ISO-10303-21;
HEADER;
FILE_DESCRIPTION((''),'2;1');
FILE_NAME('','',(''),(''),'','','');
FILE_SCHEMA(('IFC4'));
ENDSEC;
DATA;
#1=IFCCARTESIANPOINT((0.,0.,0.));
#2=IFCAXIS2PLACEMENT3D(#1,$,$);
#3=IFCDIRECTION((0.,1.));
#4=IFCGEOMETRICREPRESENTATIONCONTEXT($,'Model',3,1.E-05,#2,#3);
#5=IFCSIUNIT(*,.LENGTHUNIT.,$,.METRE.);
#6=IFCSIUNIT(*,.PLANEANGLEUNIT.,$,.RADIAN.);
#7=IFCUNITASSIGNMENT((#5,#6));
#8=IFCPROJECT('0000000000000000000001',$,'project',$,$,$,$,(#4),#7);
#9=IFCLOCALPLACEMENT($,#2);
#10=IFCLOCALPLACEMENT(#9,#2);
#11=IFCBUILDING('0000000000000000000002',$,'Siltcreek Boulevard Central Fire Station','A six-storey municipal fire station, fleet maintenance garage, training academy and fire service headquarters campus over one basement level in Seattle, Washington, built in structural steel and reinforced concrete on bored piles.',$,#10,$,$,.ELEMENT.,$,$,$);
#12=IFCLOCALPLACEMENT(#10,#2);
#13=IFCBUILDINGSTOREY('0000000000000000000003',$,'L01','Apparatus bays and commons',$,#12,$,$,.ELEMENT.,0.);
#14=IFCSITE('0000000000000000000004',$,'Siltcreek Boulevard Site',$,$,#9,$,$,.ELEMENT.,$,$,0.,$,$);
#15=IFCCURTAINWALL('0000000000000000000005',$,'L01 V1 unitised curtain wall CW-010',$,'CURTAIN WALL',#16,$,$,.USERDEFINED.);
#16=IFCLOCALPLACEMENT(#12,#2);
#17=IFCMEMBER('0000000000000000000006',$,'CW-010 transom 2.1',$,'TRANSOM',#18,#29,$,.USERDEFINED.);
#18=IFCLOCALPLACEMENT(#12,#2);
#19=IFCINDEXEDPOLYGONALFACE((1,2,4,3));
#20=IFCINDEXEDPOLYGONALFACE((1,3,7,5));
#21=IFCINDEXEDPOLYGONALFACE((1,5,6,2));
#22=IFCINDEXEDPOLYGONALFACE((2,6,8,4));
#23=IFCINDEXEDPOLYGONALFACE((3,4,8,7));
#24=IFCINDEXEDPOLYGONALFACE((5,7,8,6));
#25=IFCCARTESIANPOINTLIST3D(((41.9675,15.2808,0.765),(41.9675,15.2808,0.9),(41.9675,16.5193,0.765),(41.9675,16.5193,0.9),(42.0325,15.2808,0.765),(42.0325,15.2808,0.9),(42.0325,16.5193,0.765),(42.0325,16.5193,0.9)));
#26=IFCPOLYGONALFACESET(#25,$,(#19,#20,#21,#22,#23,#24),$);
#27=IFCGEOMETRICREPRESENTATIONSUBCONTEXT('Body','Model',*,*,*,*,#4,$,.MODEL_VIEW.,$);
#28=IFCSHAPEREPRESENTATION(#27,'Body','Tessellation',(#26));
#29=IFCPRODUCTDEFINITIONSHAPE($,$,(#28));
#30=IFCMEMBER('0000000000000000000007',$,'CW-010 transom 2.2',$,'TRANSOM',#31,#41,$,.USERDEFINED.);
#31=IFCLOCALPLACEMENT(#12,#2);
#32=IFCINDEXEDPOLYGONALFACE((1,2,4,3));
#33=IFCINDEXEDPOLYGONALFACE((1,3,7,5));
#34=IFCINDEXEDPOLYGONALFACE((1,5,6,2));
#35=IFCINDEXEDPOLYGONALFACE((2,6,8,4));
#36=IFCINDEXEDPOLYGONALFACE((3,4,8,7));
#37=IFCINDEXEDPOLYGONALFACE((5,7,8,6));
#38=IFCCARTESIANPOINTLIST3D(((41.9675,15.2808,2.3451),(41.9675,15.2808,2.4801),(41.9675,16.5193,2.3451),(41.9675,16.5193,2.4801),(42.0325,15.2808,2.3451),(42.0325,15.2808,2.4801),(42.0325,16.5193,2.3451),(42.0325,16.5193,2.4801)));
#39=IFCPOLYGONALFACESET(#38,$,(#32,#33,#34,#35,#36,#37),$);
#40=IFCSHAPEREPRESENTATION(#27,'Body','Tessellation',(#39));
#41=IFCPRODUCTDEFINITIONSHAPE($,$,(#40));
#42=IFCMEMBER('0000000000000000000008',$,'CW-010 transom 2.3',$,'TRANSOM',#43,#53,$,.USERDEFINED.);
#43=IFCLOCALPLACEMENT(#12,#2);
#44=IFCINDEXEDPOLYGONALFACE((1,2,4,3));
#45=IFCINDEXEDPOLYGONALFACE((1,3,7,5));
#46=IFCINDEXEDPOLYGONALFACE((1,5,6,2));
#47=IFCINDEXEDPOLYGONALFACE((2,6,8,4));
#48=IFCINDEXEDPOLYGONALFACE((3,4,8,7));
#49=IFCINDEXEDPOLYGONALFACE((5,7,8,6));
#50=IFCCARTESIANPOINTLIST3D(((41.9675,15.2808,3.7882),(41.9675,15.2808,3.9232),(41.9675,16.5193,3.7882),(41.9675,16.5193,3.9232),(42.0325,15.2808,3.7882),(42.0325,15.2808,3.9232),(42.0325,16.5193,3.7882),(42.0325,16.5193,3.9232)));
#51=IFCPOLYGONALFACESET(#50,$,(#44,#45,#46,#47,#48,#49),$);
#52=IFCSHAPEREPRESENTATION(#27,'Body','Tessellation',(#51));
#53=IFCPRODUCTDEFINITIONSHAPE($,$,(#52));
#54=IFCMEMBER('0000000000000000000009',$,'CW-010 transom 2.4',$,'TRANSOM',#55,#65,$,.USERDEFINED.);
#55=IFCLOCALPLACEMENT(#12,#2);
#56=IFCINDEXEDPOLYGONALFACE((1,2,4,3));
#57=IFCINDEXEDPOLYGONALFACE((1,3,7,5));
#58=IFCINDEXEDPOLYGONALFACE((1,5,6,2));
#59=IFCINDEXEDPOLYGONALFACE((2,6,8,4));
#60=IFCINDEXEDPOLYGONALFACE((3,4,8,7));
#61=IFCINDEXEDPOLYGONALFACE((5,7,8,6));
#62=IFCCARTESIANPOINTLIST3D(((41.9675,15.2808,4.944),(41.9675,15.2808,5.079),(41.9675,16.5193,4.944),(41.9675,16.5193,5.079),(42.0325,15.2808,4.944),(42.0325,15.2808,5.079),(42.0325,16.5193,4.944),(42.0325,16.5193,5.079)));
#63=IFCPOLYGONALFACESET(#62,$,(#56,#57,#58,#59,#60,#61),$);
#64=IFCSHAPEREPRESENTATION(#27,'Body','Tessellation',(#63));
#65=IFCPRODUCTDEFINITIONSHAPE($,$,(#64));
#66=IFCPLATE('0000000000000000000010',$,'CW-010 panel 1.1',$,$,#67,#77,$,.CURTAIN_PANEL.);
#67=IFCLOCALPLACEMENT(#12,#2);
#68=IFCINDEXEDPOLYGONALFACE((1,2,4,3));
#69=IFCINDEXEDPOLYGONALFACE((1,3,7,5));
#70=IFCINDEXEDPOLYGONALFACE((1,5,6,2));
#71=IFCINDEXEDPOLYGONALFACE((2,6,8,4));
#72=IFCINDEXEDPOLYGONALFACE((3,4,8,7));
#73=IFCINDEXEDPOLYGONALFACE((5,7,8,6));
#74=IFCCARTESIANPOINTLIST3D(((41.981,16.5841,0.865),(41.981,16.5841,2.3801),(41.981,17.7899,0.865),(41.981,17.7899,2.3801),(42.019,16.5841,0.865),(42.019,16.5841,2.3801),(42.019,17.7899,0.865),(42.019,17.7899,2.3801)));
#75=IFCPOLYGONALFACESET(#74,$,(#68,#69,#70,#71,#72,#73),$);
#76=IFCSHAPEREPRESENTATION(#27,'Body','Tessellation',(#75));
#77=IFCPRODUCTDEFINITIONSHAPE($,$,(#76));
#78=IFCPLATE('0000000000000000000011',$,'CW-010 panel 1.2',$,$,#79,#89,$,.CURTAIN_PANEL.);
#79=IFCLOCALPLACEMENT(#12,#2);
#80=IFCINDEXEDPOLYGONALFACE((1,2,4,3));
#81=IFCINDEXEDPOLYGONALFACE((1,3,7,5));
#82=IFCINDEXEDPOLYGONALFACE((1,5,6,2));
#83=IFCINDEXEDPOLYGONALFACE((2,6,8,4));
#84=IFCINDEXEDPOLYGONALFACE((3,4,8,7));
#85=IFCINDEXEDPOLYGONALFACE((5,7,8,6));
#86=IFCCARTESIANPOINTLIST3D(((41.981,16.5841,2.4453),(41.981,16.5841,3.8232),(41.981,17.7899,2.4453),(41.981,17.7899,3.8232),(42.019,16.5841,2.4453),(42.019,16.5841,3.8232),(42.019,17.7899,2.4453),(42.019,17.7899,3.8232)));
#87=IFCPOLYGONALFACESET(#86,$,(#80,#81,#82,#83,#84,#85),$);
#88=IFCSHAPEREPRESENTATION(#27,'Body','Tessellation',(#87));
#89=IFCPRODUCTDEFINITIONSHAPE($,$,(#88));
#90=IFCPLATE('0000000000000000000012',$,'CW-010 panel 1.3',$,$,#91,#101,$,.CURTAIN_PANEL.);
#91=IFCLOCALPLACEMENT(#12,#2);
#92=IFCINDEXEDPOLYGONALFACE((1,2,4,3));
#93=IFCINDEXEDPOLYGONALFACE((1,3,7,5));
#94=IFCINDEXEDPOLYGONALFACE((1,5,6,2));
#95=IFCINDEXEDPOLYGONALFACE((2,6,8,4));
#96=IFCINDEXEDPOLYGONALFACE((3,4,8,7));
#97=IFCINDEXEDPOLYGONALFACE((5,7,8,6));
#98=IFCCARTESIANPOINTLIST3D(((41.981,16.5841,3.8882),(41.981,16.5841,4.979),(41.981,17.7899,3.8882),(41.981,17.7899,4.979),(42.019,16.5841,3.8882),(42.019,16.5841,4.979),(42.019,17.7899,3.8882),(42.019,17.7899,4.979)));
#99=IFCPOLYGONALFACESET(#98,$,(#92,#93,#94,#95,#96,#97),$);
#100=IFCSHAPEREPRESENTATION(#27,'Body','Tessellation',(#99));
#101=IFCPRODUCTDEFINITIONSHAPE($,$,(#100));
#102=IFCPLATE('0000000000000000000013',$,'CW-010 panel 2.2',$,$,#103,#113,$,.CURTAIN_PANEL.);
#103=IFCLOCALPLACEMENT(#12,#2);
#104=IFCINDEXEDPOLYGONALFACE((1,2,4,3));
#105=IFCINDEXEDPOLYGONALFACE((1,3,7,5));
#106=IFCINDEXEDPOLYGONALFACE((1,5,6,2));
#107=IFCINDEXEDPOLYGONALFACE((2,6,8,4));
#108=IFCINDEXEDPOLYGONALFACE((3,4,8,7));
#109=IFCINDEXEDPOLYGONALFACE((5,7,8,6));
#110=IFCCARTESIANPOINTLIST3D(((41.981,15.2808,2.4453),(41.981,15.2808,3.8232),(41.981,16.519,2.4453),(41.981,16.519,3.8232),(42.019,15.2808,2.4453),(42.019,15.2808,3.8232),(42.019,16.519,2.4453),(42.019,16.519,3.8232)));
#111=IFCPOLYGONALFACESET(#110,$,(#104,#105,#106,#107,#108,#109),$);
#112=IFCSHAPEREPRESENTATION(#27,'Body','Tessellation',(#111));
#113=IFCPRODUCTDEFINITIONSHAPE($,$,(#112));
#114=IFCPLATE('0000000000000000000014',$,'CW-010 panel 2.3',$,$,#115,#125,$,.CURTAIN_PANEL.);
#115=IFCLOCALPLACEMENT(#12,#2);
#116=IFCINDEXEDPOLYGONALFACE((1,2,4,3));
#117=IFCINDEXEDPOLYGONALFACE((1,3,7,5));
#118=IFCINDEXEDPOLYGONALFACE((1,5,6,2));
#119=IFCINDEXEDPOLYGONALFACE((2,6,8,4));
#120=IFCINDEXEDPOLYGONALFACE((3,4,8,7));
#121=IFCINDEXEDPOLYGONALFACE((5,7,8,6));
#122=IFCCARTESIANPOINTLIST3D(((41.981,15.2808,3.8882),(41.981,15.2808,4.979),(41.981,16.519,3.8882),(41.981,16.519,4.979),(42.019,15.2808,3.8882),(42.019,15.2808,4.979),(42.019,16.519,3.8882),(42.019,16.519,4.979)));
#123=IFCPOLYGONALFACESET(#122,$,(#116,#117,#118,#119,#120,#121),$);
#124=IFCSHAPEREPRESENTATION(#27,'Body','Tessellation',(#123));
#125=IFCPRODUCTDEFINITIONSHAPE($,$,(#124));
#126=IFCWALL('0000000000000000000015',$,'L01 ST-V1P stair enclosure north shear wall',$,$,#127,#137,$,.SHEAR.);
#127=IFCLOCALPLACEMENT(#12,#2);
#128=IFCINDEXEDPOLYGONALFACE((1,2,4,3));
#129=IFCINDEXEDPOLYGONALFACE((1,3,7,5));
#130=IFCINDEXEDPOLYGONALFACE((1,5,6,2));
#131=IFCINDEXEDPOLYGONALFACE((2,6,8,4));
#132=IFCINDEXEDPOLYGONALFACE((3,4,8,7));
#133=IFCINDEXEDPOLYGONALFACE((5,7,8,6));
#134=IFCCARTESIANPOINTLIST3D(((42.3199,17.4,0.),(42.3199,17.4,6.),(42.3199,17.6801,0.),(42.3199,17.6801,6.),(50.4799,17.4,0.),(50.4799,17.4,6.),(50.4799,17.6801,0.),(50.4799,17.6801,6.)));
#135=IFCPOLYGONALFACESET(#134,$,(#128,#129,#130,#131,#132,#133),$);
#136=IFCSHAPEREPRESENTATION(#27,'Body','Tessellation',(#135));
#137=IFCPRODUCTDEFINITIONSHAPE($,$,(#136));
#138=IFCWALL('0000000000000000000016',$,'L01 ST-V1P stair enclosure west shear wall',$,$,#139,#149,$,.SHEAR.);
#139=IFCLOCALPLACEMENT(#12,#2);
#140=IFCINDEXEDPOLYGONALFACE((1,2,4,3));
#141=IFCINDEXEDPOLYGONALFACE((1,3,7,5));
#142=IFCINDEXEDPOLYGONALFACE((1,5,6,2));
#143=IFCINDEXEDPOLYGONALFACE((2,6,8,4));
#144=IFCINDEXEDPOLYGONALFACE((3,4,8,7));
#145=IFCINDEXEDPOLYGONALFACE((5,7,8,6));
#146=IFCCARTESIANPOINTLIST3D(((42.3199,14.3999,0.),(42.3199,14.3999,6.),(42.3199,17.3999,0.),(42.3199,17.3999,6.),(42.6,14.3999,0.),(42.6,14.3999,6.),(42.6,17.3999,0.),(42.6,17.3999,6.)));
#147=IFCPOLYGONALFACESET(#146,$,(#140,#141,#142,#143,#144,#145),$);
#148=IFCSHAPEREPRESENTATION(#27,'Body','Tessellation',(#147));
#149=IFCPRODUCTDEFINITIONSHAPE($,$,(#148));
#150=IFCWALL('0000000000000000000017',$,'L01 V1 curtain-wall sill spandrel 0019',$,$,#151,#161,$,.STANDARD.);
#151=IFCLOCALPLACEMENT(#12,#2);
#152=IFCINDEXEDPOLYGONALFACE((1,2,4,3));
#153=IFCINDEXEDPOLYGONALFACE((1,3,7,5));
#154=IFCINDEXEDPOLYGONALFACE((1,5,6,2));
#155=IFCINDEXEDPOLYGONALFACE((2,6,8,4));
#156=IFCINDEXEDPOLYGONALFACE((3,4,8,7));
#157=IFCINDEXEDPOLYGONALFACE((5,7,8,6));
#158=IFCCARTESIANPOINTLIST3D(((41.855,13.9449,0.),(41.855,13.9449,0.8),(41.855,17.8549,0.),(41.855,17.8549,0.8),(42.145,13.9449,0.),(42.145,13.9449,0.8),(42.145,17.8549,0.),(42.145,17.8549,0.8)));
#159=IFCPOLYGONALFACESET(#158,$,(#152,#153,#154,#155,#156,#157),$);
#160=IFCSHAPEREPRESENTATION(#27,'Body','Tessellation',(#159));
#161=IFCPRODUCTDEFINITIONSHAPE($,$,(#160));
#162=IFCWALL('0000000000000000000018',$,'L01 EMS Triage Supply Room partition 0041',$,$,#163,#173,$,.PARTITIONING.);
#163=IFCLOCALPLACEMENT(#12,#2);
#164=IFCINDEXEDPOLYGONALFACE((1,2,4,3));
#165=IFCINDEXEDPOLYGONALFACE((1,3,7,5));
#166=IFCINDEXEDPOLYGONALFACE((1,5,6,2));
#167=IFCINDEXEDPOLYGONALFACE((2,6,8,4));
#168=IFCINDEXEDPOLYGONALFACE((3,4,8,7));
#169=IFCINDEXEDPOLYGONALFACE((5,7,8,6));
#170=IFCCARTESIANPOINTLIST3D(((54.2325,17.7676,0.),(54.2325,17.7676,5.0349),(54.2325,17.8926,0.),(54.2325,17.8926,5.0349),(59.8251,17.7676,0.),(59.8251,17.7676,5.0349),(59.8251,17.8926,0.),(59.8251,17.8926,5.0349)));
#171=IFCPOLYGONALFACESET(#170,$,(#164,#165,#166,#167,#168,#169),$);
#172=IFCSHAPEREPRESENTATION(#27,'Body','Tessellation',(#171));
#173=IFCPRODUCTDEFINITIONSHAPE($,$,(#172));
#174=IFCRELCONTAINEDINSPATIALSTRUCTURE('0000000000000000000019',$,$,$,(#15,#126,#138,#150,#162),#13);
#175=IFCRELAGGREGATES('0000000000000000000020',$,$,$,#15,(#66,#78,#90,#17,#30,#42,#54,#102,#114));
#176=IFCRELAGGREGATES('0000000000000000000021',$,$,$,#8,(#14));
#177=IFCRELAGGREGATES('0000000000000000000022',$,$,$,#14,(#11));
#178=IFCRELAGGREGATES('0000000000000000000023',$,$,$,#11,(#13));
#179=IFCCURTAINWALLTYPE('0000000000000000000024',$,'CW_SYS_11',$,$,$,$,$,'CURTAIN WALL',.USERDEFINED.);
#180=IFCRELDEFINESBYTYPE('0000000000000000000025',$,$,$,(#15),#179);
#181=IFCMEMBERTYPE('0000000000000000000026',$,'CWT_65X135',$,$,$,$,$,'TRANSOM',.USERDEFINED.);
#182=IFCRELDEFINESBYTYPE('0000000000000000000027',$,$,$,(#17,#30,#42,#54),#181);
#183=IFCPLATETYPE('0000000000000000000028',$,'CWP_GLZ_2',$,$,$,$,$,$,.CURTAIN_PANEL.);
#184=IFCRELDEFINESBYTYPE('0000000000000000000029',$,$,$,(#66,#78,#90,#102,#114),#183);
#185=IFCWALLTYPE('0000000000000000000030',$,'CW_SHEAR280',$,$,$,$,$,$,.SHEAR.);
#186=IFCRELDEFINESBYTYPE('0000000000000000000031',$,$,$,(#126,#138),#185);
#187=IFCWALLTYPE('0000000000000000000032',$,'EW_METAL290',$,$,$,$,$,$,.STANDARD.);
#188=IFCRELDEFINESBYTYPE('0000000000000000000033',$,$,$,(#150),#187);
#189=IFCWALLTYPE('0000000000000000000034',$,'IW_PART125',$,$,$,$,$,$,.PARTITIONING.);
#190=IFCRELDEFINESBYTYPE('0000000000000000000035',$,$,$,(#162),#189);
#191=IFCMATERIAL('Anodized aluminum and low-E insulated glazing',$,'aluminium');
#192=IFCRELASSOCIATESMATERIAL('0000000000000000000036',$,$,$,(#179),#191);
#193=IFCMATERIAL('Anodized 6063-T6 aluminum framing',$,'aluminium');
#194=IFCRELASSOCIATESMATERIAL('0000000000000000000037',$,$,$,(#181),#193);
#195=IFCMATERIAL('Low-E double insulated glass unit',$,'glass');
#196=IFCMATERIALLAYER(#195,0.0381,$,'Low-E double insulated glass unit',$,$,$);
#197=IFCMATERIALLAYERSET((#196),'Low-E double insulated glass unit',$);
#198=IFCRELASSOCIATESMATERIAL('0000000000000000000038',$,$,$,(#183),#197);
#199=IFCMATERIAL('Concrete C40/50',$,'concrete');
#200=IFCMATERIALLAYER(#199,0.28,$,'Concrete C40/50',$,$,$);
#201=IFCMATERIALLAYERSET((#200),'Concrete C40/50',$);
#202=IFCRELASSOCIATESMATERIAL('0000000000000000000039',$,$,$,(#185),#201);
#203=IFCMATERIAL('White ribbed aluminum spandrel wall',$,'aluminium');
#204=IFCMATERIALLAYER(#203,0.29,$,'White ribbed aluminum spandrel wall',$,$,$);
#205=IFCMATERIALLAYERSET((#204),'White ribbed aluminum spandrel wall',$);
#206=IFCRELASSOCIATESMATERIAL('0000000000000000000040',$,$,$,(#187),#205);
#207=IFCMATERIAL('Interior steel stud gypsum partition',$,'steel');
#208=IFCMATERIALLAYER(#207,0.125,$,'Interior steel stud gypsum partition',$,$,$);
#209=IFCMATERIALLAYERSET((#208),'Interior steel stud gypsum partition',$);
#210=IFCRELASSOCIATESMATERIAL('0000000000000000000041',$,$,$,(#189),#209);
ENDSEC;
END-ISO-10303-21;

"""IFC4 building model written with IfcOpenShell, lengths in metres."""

from ifc_helpers import new_model, si_unit, direction, frame, frame_2d, origin, origin_2d, place, context, subcontext, project, spatial, rectangle, extrude, material, layer, layer_set, material_profile, profile_set, type_object, element, aggregate, save


model = new_model("IFC4")

# Units and contexts
model_context = context("Model", 3, precision=1e-05, world=origin(), true_north=direction((0.0, 1.0)))
body_context = subcontext(model_context, "Body", "Model", "MODEL_VIEW")
ifc_project = project(units=[si_unit("LENGTHUNIT", "METRE"), si_unit("PLANEANGLEUNIT", "RADIAN")], contexts=[model_context])

# Site, building, storey
site_placement = place(None, origin())
site = spatial("IfcSite", under=ifc_project, at=site_placement, Name="Siltcreek Boulevard Site", CompositionType="ELEMENT", RefElevation=0.0)
building_placement = place(site_placement, origin())
building = spatial("IfcBuilding", under=site, at=building_placement, Name="Siltcreek Boulevard Central Fire Station", Description="A six-storey municipal fire station, fleet maintenance garage, training academy and fire service headquarters campus over one basement level in Seattle, Washington, built in structural steel and reinforced concrete on bored piles.", CompositionType="ELEMENT")
storey_placement = place(building_placement, origin())
storey = spatial("IfcBuildingStorey", under=building, at=storey_placement, Name="L01", Description="Apparatus bays and commons", CompositionType="ELEMENT", Elevation=0.0)

# Curtain wall, members, plates
ifc_material_1 = material(Name="Anodized aluminum and low-E insulated glazing", Category="aluminium")
curtain_wall_type = type_object("IfcCurtainWallType", Name="CW_SYS_11", ElementType="CURTAIN WALL", PredefinedType="USERDEFINED", material=ifc_material_1)
curtain_wall_placement = place(storey_placement, origin())
curtain_wall = element("IfcCurtainWall", 1, at=curtain_wall_placement, inside=storey, type_object=curtain_wall_type, Name="L01 V1 unitised curtain wall CW-010", ObjectType="CURTAIN WALL", PredefinedType="USERDEFINED")
ifc_material_2 = material(Name="Anodized 6063-T6 aluminum framing", Category="aluminium")
ifc_material_profile_1 = material_profile(ifc_material_2, rectangle(XDim=0.0649, YDim=0.135, at=origin_2d()), Name="TRAN65X135")
ifc_profile_set_1 = profile_set([ifc_material_profile_1], Name="Anodized 6063-T6 aluminum framing")
member_type_1 = type_object("IfcMemberType", Name="CWT_65X135", ElementType="TRANSOM", PredefinedType="USERDEFINED", material=ifc_profile_set_1)
member_1_placement = place(storey_placement, frame((42.0, 16.5193, 0.8325), z_axis=(0.0, -1.0, 0.0), x_axis=(1.0, 0.0, 0.0)))
member_1 = element("IfcMember", 2, at=member_1_placement, type_object=member_type_1, Name="CW-010 transom 2.1", ObjectType="TRANSOM", PredefinedType="USERDEFINED", context=body_context, shape_type="SweptSolid", body=[
    extrude(rectangle(XDim=0.0649, YDim=0.135, at=origin_2d()), origin(), (0.0, 0.0, 1.0), 1.2385),
])
member_2_placement = place(storey_placement, frame((42.0, 16.5193, 2.4126), z_axis=(0.0, -1.0, 0.0), x_axis=(1.0, 0.0, 0.0)))
member_2 = element("IfcMember", 3, at=member_2_placement, type_object=member_type_1, Name="CW-010 transom 2.2", ObjectType="TRANSOM", PredefinedType="USERDEFINED", context=body_context, shape_type="SweptSolid", body=[
    extrude(rectangle(XDim=0.0649, YDim=0.135, at=origin_2d()), origin(), (0.0, 0.0, 1.0), 1.2385),
])
member_3_placement = place(storey_placement, frame((42.0, 16.5193, 3.8557), z_axis=(0.0, -1.0, 0.0), x_axis=(1.0, 0.0, 0.0)))
member_3 = element("IfcMember", 4, at=member_3_placement, type_object=member_type_1, Name="CW-010 transom 2.3", ObjectType="TRANSOM", PredefinedType="USERDEFINED", context=body_context, shape_type="SweptSolid", body=[
    extrude(rectangle(XDim=0.0649, YDim=0.135, at=origin_2d()), origin(), (0.0, 0.0, 1.0), 1.2385),
])
member_4_placement = place(storey_placement, frame((42.0, 16.5193, 5.0115), z_axis=(0.0, -1.0, 0.0), x_axis=(1.0, 0.0, 0.0)))
member_4 = element("IfcMember", 5, at=member_4_placement, type_object=member_type_1, Name="CW-010 transom 2.4", ObjectType="TRANSOM", PredefinedType="USERDEFINED", context=body_context, shape_type="SweptSolid", body=[
    extrude(rectangle(XDim=0.0649, YDim=0.135, at=origin_2d()), origin(), (0.0, 0.0, 1.0), 1.2385),
])
ifc_material_3 = material(Name="Low-E double insulated glass unit", Category="glass")
ifc_layer_1 = layer(ifc_material_3, 0.0381, Name="Low-E double insulated glass unit")
ifc_layer_set_1 = layer_set([ifc_layer_1], Name="Low-E double insulated glass unit")
plate_type = type_object("IfcPlateType", Name="CWP_GLZ_2", PredefinedType="CURTAIN_PANEL", material=ifc_layer_set_1)
plate_1_placement = place(storey_placement, frame((42.0, 17.187, 0.865), z_axis=(0.0, 0.0, 1.0), x_axis=(0.0, -1.0, 0.0)))
plate_1 = element("IfcPlate", 6, at=plate_1_placement, type_object=plate_type, Name="CW-010 panel 1.1", PredefinedType="CURTAIN_PANEL", context=body_context, shape_type="SweptSolid", body=[
    extrude(rectangle(XDim=1.2058, YDim=0.0381, at=origin_2d()), origin(), (0.0, 0.0, 1.0), 1.5151),
])
plate_2_placement = place(storey_placement, frame((42.0, 17.187, 2.4453), z_axis=(0.0, 0.0, 1.0), x_axis=(0.0, -1.0, 0.0)))
plate_2 = element("IfcPlate", 7, at=plate_2_placement, type_object=plate_type, Name="CW-010 panel 1.2", PredefinedType="CURTAIN_PANEL", context=body_context, shape_type="SweptSolid", body=[
    extrude(rectangle(XDim=1.2058, YDim=0.0381, at=origin_2d()), origin(), (0.0, 0.0, 1.0), 1.3779),
])
plate_3_placement = place(storey_placement, frame((42.0, 17.187, 3.8882), z_axis=(0.0, 0.0, 1.0), x_axis=(0.0, -1.0, 0.0)))
plate_3 = element("IfcPlate", 8, at=plate_3_placement, type_object=plate_type, Name="CW-010 panel 1.3", PredefinedType="CURTAIN_PANEL", context=body_context, shape_type="SweptSolid", body=[
    extrude(rectangle(XDim=1.2058, YDim=0.0381, at=origin_2d()), origin(), (0.0, 0.0, 1.0), 1.0908),
])
plate_4_placement = place(storey_placement, frame((42.0, 15.8999, 2.4453), z_axis=(0.0, 0.0, 1.0), x_axis=(0.0, -1.0, 0.0)))
plate_4 = element("IfcPlate", 9, at=plate_4_placement, type_object=plate_type, Name="CW-010 panel 2.2", PredefinedType="CURTAIN_PANEL", context=body_context, shape_type="SweptSolid", body=[
    extrude(rectangle(XDim=1.2383, YDim=0.0381, at=origin_2d()), origin(), (0.0, 0.0, 1.0), 1.3779),
])
plate_5_placement = place(storey_placement, frame((42.0, 15.8999, 3.8882), z_axis=(0.0, 0.0, 1.0), x_axis=(0.0, -1.0, 0.0)))
plate_5 = element("IfcPlate", 10, at=plate_5_placement, type_object=plate_type, Name="CW-010 panel 2.3", PredefinedType="CURTAIN_PANEL", context=body_context, shape_type="SweptSolid", body=[
    extrude(rectangle(XDim=1.2383, YDim=0.0381, at=origin_2d()), origin(), (0.0, 0.0, 1.0), 1.0908),
])
aggregate(curtain_wall, [plate_1, plate_2, plate_3, member_1, member_2, member_3, member_4, plate_4, plate_5])

# Walls
ifc_material_4 = material(Name="Concrete C40/50", Category="concrete")
ifc_layer_2 = layer(ifc_material_4, 0.28, Name="Concrete C40/50")
ifc_layer_set_2 = layer_set([ifc_layer_2], Name="Concrete C40/50")
wall_type_1 = type_object("IfcWallType", Name="CW_SHEAR280", PredefinedType="SHEAR", material=ifc_layer_set_2)
wall_1_placement = place(storey_placement, frame((50.48, 17.54, 0.0), z_axis=(0.0, 0.0, 1.0), x_axis=(-1.0, 0.0, 0.0)))
element("IfcWall", 11, at=wall_1_placement, inside=storey, type_object=wall_type_1, Name="L01 ST-V1P stair enclosure north shear wall", PredefinedType="SHEAR", context=body_context, shape_type="SweptSolid", body=[
    extrude(rectangle(XDim=8.1599, YDim=0.28, at=frame_2d((4.0801, 0.0))), origin(), (0.0, 0.0, 1.0), 6.0),
])
wall_2_placement = place(storey_placement, frame((42.46, 17.3999, 0.0), z_axis=(0.0, 0.0, 1.0), x_axis=(0.0, -1.0, 0.0)))
element("IfcWall", 12, at=wall_2_placement, inside=storey, type_object=wall_type_1, Name="L01 ST-V1P stair enclosure west shear wall", PredefinedType="SHEAR", context=body_context, shape_type="SweptSolid", body=[
    extrude(rectangle(XDim=3.0, YDim=0.28, at=frame_2d((1.5, 0.0))), origin(), (0.0, 0.0, 1.0), 6.0),
])
ifc_material_5 = material(Name="White ribbed aluminum spandrel wall", Category="aluminium")
ifc_layer_3 = layer(ifc_material_5, 0.29, Name="White ribbed aluminum spandrel wall")
ifc_layer_set_3 = layer_set([ifc_layer_3], Name="White ribbed aluminum spandrel wall")
wall_type_2 = type_object("IfcWallType", Name="EW_METAL290", PredefinedType="STANDARD", material=ifc_layer_set_3)
wall_3_placement = place(storey_placement, frame((42.0, 17.855, 0.0), z_axis=(0.0, 0.0, 1.0), x_axis=(0.0, -1.0, 0.0)))
element("IfcWall", 13, at=wall_3_placement, inside=storey, type_object=wall_type_2, Name="L01 V1 curtain-wall sill spandrel 0019", PredefinedType="STANDARD", context=body_context, shape_type="SweptSolid", body=[
    extrude(rectangle(XDim=3.9099, YDim=0.29, at=frame_2d((1.9551, 0.0))), origin(), (0.0, 0.0, 1.0), 0.8),
])
ifc_material_6 = material(Name="Interior steel stud gypsum partition", Category="steel")
ifc_layer_4 = layer(ifc_material_6, 0.125, Name="Interior steel stud gypsum partition")
ifc_layer_set_4 = layer_set([ifc_layer_4], Name="Interior steel stud gypsum partition")
wall_type_3 = type_object("IfcWallType", Name="IW_PART125", PredefinedType="PARTITIONING", material=ifc_layer_set_4)
wall_4_placement = place(storey_placement, frame((54.2324, 17.8301, 0.0), z_axis=(0.0, 0.0, 1.0), x_axis=(1.0, 0.0, 0.0)))
element("IfcWall", 14, at=wall_4_placement, inside=storey, type_object=wall_type_3, Name="L01 EMS Triage Supply Room partition 0041", PredefinedType="PARTITIONING", context=body_context, shape_type="SweptSolid", body=[
    extrude(rectangle(XDim=5.5925, YDim=0.125, at=frame_2d((2.7964, 0.0))), origin(), (0.0, 0.0, 1.0), 5.0349),
])

save(model, "model.ifc")
